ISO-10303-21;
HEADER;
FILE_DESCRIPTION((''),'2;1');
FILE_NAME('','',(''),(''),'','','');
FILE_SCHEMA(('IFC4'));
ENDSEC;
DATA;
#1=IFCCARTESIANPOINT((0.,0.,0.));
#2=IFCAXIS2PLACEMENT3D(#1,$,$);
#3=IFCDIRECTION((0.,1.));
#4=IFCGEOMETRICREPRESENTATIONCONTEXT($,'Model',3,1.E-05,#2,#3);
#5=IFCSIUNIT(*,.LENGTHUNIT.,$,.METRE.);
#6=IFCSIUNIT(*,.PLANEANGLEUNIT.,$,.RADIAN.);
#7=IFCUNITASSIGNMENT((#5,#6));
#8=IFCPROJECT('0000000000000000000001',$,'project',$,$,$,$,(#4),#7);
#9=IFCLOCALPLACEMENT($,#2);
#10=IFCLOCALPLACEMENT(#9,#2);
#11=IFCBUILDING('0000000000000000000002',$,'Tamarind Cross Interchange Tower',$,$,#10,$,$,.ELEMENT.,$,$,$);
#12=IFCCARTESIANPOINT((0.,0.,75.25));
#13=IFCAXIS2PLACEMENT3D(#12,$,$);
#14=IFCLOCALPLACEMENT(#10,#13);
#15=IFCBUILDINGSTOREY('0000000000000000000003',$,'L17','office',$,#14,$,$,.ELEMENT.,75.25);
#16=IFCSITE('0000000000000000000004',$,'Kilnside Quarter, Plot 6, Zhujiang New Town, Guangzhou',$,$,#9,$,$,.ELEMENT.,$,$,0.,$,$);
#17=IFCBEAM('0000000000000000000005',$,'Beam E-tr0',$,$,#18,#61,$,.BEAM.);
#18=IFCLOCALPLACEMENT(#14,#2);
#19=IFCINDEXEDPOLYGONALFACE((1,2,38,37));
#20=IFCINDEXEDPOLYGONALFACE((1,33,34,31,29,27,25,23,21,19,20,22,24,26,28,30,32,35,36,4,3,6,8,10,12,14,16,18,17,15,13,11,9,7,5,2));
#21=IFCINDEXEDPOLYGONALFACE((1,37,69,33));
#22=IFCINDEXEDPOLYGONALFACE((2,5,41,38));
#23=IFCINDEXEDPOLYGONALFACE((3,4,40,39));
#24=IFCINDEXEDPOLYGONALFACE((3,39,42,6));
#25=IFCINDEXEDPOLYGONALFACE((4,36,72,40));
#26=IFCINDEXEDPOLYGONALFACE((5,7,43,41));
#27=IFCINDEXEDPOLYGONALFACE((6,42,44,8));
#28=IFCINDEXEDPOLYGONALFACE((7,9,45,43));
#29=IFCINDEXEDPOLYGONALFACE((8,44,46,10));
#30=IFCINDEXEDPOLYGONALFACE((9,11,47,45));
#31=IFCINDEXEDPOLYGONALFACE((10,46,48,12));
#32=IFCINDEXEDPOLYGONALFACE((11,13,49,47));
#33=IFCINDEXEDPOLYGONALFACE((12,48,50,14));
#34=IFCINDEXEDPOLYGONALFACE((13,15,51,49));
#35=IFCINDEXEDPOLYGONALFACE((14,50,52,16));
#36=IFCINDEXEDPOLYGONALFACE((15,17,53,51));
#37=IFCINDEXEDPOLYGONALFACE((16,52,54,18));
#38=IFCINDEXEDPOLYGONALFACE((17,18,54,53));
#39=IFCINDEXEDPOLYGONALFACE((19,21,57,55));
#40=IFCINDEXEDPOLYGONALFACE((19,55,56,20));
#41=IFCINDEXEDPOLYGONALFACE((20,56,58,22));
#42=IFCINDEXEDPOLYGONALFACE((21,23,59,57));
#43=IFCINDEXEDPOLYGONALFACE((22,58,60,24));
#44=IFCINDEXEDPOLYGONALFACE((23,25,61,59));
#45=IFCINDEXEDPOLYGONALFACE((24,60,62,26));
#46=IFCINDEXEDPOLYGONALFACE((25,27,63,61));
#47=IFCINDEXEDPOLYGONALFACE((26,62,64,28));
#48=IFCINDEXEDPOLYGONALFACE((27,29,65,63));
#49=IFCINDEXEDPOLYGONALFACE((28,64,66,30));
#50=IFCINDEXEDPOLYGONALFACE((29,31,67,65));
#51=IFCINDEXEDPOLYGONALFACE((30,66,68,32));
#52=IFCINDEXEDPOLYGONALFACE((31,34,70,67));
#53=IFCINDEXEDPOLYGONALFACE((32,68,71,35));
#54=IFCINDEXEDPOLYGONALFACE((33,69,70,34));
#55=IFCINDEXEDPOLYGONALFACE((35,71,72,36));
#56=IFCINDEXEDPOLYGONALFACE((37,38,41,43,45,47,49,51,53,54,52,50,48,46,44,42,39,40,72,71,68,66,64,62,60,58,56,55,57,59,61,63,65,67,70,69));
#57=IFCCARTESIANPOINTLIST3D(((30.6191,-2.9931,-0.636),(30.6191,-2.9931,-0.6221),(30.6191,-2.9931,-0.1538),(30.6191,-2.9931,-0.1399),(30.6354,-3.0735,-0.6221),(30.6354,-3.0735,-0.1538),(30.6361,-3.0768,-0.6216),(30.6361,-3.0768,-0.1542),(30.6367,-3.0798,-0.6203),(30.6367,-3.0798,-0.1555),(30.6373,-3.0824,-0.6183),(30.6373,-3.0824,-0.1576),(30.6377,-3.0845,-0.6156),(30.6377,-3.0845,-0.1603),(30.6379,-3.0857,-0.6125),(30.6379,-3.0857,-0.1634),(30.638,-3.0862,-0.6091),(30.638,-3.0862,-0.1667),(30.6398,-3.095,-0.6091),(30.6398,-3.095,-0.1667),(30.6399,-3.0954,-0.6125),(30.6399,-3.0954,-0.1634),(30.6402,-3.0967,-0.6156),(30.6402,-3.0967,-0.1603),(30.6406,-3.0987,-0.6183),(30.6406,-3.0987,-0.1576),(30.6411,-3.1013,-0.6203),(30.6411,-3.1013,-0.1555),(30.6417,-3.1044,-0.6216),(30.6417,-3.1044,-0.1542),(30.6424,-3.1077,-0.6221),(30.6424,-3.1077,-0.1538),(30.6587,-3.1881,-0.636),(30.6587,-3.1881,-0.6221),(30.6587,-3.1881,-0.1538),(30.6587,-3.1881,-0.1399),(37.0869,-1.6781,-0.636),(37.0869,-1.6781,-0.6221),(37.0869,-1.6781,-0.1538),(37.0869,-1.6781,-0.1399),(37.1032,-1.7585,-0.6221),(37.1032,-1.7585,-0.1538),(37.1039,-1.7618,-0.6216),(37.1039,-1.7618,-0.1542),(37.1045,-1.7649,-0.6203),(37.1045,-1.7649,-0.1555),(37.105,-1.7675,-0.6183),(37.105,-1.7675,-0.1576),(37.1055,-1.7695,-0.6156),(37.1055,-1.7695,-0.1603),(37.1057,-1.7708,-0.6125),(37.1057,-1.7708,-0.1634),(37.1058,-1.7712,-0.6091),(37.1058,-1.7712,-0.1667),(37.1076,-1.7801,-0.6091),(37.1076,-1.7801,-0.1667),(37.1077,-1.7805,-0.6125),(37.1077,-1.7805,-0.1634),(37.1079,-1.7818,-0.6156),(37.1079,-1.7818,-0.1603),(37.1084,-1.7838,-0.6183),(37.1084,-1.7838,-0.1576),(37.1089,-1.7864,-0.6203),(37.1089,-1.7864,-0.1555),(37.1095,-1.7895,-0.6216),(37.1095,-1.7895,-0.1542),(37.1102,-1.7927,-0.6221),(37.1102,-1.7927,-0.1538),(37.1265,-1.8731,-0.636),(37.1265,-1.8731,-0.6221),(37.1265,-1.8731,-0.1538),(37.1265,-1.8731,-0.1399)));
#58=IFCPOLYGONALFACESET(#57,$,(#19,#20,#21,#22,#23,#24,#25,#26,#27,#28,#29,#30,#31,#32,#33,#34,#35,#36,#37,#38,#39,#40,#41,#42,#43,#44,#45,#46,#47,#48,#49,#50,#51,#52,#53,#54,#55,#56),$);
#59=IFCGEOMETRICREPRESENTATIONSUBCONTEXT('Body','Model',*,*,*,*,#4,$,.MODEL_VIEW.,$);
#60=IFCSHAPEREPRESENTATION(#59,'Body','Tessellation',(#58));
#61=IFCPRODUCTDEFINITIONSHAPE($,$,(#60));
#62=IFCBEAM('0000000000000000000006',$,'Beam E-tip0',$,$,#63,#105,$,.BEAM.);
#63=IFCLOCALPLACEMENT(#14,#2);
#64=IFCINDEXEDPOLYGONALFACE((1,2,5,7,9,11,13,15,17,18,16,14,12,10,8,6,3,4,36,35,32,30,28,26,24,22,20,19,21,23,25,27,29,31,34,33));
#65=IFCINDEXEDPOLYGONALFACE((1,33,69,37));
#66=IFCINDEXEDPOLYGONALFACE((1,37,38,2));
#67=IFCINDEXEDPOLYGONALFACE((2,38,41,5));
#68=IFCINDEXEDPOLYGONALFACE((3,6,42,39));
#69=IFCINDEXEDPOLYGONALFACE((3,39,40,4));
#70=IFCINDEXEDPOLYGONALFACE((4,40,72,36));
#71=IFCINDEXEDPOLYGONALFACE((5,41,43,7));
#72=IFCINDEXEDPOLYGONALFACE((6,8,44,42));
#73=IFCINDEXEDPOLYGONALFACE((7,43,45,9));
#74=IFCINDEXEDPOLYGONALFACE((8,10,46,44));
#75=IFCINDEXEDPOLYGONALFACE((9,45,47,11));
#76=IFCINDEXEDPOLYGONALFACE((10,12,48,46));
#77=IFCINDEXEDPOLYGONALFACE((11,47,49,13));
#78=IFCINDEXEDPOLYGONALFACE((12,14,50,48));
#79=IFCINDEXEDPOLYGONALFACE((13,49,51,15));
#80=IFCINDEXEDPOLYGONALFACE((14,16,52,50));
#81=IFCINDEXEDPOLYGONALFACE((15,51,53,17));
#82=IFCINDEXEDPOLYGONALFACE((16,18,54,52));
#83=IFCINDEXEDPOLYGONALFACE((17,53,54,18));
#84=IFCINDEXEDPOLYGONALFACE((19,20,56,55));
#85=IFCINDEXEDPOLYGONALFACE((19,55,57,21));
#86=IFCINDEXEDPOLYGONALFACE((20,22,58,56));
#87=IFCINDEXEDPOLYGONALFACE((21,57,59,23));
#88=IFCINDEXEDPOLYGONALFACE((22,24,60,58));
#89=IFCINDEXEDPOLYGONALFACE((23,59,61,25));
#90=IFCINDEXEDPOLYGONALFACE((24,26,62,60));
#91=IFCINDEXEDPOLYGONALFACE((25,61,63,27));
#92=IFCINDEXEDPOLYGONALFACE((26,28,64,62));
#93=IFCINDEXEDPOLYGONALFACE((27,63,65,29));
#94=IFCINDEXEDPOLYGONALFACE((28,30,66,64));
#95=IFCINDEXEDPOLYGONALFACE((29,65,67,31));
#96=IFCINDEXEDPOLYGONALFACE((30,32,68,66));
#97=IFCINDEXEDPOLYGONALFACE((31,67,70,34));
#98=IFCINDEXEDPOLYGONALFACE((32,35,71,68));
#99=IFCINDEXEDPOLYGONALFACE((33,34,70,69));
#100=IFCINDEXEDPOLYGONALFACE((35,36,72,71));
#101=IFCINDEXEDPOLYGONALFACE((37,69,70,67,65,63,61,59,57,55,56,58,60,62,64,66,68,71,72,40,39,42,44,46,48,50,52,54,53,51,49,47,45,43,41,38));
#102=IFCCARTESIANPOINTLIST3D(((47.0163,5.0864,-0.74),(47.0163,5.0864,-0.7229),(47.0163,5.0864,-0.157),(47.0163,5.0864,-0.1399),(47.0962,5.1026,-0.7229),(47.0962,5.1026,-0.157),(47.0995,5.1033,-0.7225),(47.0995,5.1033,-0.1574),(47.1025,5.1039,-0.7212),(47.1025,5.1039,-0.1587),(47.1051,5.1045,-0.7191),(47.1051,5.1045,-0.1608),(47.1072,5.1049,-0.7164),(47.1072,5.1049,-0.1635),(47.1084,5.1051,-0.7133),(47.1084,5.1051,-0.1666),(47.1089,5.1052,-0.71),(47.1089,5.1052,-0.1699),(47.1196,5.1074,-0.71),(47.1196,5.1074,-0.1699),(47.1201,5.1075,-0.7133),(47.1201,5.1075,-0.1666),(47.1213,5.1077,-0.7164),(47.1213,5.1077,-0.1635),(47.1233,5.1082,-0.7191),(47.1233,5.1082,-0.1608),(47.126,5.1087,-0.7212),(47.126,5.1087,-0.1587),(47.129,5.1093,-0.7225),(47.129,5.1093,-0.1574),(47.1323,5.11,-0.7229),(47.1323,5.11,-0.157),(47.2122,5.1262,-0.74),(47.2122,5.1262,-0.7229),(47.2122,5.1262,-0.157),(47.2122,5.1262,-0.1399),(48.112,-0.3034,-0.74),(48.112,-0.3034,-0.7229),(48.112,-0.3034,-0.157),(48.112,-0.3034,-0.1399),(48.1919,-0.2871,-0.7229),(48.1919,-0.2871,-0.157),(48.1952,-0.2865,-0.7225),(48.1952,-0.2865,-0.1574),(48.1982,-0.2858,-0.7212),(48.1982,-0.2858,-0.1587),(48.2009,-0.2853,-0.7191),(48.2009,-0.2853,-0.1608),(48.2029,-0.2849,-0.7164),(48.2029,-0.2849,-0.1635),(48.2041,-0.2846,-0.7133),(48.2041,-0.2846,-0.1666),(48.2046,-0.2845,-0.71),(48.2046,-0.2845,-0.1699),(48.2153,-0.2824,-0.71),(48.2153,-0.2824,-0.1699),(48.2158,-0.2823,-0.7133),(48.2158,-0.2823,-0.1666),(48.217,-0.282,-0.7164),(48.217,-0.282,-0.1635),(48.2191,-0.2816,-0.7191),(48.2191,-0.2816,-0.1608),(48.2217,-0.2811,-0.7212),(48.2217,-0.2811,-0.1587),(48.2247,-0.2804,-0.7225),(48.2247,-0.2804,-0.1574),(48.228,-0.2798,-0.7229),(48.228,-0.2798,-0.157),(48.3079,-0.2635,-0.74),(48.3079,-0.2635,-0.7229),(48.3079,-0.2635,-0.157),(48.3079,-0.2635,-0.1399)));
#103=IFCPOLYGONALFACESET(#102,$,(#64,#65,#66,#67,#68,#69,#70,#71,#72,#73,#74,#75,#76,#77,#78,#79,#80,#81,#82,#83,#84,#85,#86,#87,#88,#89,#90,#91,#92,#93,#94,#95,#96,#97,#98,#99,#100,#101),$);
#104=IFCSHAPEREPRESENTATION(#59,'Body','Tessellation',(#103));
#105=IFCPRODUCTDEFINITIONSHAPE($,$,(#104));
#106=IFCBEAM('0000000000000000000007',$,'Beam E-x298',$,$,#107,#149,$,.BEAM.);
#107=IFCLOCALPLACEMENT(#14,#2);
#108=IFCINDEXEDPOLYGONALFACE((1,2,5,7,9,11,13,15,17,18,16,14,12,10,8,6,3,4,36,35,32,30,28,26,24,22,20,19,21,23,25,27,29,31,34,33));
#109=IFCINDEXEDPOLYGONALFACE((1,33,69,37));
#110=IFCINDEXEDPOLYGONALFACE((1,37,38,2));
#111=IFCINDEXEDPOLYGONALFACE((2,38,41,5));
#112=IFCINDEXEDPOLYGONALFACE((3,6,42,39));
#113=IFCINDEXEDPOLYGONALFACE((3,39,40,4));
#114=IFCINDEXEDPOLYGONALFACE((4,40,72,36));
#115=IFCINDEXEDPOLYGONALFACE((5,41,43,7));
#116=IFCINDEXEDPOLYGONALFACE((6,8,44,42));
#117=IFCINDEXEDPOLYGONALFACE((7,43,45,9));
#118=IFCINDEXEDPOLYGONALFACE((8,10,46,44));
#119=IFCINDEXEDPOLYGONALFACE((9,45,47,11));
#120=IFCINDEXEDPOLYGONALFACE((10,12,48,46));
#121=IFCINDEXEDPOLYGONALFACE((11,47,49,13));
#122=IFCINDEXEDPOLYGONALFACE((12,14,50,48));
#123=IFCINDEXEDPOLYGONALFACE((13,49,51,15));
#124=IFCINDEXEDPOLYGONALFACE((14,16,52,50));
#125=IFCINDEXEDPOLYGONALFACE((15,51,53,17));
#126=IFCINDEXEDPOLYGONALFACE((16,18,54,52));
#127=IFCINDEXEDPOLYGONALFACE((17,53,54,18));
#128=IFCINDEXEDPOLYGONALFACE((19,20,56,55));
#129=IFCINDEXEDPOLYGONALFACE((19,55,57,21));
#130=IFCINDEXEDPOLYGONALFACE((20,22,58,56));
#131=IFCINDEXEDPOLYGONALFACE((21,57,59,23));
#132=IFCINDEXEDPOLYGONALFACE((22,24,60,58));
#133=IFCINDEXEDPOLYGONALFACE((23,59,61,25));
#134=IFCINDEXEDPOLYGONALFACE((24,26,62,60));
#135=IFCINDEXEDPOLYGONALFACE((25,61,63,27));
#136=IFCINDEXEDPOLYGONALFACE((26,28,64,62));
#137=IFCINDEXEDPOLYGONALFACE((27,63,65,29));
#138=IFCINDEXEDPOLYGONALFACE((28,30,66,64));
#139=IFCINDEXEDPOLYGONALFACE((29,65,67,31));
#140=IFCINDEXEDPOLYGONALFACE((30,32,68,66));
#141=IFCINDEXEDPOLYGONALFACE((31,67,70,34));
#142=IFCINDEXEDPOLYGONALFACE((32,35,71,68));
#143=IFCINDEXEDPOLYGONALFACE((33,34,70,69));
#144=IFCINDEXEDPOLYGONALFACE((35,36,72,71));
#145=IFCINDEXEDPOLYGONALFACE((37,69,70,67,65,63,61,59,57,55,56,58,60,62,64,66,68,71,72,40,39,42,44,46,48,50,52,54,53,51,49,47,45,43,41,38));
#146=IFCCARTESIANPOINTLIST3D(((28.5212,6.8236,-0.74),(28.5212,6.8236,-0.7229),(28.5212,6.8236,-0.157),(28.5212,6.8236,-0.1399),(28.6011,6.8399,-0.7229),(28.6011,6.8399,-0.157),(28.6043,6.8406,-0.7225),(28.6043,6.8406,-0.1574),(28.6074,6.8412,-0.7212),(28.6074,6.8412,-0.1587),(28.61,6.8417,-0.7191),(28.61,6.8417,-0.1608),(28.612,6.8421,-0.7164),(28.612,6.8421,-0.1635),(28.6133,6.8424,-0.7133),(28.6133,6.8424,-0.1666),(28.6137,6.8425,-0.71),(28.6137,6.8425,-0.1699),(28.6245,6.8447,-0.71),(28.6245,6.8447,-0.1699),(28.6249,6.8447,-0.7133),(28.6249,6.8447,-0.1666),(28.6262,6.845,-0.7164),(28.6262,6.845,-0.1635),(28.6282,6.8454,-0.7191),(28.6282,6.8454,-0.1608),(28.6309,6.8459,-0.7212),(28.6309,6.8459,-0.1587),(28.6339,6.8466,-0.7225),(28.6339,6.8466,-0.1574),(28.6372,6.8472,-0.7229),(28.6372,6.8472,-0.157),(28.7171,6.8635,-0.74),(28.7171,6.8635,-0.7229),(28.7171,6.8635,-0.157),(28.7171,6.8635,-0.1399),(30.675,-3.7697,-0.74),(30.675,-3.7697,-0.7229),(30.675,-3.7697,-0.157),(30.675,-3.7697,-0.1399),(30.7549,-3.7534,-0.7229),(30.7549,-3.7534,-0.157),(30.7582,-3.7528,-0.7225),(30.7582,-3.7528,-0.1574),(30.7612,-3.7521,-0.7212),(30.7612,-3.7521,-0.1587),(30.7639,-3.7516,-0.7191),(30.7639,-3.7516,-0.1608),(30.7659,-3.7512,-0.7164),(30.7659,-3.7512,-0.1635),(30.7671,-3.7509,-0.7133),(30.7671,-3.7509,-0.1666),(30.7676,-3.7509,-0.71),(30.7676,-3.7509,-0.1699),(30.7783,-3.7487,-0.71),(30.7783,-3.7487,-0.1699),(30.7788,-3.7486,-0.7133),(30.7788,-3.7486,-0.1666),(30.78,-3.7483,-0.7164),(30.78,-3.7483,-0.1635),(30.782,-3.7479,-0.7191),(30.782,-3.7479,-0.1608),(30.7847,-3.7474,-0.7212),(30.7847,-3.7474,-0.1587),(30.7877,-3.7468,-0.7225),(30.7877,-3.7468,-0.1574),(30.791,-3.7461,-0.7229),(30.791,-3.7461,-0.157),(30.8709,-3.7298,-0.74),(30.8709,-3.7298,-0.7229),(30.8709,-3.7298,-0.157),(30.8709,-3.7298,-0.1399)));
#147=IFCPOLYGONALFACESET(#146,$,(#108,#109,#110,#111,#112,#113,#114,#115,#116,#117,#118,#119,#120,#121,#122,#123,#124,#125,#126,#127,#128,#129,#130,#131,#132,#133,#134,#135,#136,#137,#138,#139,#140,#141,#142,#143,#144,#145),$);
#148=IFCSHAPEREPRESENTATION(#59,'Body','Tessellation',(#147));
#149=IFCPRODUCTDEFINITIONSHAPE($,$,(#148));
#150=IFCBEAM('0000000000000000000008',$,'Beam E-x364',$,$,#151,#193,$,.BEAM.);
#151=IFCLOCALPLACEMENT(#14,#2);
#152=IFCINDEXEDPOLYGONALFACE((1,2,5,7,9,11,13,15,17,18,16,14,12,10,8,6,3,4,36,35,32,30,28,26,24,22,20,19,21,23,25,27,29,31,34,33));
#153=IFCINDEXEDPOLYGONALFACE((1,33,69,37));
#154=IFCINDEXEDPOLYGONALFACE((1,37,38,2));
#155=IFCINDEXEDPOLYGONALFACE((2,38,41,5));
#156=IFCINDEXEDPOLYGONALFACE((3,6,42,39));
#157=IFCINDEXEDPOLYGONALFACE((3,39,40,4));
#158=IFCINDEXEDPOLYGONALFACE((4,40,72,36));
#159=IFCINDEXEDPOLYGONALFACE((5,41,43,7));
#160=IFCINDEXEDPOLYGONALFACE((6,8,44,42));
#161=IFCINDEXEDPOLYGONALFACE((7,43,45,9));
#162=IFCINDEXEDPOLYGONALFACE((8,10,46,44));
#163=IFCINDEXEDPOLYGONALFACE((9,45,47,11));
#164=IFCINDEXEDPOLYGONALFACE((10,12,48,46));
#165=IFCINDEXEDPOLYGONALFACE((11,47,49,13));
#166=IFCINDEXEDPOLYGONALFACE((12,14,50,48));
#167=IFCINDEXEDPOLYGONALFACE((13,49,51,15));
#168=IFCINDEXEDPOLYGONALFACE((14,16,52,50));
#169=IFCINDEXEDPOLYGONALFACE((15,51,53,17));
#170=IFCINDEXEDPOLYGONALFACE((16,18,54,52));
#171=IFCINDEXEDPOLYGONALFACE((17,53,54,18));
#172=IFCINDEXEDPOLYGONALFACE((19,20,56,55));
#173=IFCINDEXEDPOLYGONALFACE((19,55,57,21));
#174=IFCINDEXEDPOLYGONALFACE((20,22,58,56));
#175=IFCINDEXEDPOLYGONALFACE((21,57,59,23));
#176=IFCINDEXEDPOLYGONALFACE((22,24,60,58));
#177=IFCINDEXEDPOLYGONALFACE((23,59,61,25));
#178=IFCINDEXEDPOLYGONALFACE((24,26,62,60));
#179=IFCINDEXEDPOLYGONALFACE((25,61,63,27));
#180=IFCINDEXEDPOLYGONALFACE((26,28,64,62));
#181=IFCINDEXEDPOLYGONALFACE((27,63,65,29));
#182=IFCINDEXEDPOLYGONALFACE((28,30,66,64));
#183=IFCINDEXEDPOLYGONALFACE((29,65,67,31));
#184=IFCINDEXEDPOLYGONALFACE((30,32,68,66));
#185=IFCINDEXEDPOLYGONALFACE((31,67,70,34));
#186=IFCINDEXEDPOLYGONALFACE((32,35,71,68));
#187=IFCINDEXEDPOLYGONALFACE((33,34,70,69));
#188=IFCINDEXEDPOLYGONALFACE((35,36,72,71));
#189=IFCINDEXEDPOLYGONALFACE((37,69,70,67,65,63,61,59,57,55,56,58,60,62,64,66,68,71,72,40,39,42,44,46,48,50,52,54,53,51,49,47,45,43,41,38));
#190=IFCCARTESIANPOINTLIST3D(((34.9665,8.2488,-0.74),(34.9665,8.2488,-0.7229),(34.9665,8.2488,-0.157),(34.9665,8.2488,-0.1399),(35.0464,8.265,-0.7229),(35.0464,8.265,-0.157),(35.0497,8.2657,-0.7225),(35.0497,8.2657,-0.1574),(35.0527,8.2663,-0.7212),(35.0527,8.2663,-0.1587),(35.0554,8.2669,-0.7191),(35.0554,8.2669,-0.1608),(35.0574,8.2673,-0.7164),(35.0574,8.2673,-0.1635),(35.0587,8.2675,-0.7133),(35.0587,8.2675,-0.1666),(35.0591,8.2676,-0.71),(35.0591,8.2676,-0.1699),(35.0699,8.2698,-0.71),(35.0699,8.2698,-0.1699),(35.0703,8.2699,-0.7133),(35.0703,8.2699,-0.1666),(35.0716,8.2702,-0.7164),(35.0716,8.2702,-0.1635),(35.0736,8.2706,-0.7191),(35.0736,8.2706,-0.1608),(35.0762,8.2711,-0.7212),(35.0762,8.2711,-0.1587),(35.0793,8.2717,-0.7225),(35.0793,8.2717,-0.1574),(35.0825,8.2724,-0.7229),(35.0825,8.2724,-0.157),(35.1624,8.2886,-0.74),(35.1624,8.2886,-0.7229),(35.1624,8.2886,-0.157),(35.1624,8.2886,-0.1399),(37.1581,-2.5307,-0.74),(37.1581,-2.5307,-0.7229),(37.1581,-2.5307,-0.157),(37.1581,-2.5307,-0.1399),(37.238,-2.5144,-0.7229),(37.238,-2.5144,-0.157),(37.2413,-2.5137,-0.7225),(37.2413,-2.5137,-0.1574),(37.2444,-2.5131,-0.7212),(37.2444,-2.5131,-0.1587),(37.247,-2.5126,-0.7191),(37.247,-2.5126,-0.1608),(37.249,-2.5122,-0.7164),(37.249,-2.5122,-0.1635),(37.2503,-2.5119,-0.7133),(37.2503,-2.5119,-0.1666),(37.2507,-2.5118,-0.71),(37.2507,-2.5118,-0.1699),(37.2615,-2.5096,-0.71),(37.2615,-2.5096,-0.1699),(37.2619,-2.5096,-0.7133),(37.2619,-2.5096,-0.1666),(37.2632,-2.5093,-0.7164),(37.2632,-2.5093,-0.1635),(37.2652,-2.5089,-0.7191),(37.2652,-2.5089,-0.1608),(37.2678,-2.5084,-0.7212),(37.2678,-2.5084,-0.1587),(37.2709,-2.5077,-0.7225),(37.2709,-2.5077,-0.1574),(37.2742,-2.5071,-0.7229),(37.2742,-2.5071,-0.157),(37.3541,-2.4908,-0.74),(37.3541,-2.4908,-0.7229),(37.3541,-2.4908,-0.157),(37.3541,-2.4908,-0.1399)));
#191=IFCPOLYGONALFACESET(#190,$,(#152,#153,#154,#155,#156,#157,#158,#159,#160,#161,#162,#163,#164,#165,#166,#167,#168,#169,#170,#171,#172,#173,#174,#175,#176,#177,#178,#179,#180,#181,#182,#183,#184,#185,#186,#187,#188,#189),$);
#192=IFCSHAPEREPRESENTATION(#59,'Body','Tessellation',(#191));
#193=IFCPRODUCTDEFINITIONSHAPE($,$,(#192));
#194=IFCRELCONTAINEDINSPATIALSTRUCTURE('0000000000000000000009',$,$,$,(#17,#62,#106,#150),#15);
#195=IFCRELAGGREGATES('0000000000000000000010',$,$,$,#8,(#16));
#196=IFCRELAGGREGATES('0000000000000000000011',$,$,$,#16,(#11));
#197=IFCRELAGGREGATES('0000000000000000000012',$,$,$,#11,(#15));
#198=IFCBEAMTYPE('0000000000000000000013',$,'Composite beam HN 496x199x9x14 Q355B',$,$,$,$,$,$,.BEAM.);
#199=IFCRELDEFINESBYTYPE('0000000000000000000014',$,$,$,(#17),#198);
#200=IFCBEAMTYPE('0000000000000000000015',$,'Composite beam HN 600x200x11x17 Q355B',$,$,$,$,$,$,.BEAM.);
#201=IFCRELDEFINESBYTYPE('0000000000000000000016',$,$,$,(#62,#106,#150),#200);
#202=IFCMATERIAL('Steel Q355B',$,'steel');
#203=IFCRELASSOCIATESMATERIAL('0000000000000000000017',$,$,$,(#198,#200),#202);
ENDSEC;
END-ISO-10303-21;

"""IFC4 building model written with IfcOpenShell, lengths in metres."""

from ifc_helpers import new_model, si_unit, direction, frame, origin, origin_2d, place, context, subcontext, project, spatial, i_section, extrude, material, material_profile, profile_set, type_object, element, save


model = new_model("IFC4")

# Units and contexts
model_context = context("Model", 3, precision=1e-05, world=origin(), true_north=direction((0.0, 1.0)))
body_context = subcontext(model_context, "Body", "Model", "MODEL_VIEW")
ifc_project = project(units=[si_unit("LENGTHUNIT", "METRE"), si_unit("PLANEANGLEUNIT", "RADIAN")], contexts=[model_context])

# Site, building, storey
site_placement = place(None, origin())
site = spatial("IfcSite", under=ifc_project, at=site_placement, Name="Kilnside Quarter, Plot 6, Zhujiang New Town, Guangzhou", CompositionType="ELEMENT", RefElevation=0.0)
building_placement = place(site_placement, origin())
building = spatial("IfcBuilding", under=site, at=building_placement, Name="Tamarind Cross Interchange Tower", CompositionType="ELEMENT")
storey_placement = place(building_placement, frame((0.0, 0.0, 75.25)))
storey = spatial("IfcBuildingStorey", under=building, at=storey_placement, Name="L17", Description="office", CompositionType="ELEMENT", Elevation=75.25)

# Beams
ifc_material_1 = material(Name="Steel Q355B", Category="steel")
ifc_material_profile_1 = material_profile(ifc_material_1, i_section(OverallWidth=0.199, OverallDepth=0.4961, WebThickness=0.009, FlangeThickness=0.0139, FilletRadius=0.0129, at=origin_2d()), Name="HN 496x199x9x14")
ifc_profile_set_1 = profile_set([ifc_material_profile_1], Name="Steel Q355B")
beam_type_1 = type_object("IfcBeamType", Name="Composite beam HN 496x199x9x14 Q355B", PredefinedType="BEAM", material=ifc_profile_set_1)
beam_1_placement = place(storey_placement, frame((30.6389, -3.0906, -0.3879), z_axis=(0.979953, 0.199231, 0.0), x_axis=(-0.199231, 0.979953, 0.0)))
element("IfcBeam", 1, at=beam_1_placement, inside=storey, type_object=beam_type_1, Name="Beam E-tr0", PredefinedType="BEAM", context=body_context, shape_type="SweptSolid", body=[
    extrude(i_section(OverallWidth=0.199, OverallDepth=0.4961, WebThickness=0.009, FlangeThickness=0.0139, FilletRadius=0.0129, at=origin_2d()), origin(), (0.0, 0.0, 1.0), 6.6001),
])
ifc_material_profile_2 = material_profile(ifc_material_1, i_section(OverallWidth=0.2, OverallDepth=0.6001, WebThickness=0.011, FlangeThickness=0.0171, FilletRadius=0.0129, at=origin_2d()), Name="HN 600x200x11x17")
ifc_profile_set_2 = profile_set([ifc_material_profile_2], Name="Steel Q355B")
beam_type_2 = type_object("IfcBeamType", Name="Composite beam HN 600x200x11x17 Q355B", PredefinedType="BEAM", material=ifc_profile_set_2)
beam_2_placement = place(storey_placement, frame((48.21, -0.2834, -0.4399), z_axis=(-0.199222, 0.979954, 0.0), x_axis=(-0.979954, -0.199222, 0.0)))
element("IfcBeam", 2, at=beam_2_placement, inside=storey, type_object=beam_type_2, Name="Beam E-tip0", PredefinedType="BEAM", context=body_context, shape_type="SweptSolid", body=[
    extrude(i_section(OverallWidth=0.2, OverallDepth=0.6001, WebThickness=0.011, FlangeThickness=0.0171, FilletRadius=0.0129, at=origin_2d()), origin(), (0.0, 0.0, 1.0), 5.5),
])
beam_3_placement = place(storey_placement, frame((30.7729, -3.7498, -0.4399), z_axis=(-0.199242, 0.97995, 0.0), x_axis=(-0.97995, -0.199242, 0.0)))
element("IfcBeam", 3, at=beam_3_placement, inside=storey, type_object=beam_type_2, Name="Beam E-x298", PredefinedType="BEAM", context=body_context, shape_type="SweptSolid", body=[
    extrude(i_section(OverallWidth=0.2, OverallDepth=0.6001, WebThickness=0.011, FlangeThickness=0.0171, FilletRadius=0.0129, at=origin_2d()), origin(), (0.0, 0.0, 1.0), 10.8101),
])
beam_4_placement = place(storey_placement, frame((37.2561, -2.5107, -0.4399), z_axis=(-0.199239, 0.979951, 0.0), x_axis=(-0.979951, -0.199239, 0.0)))
element("IfcBeam", 4, at=beam_4_placement, inside=storey, type_object=beam_type_2, Name="Beam E-x364", PredefinedType="BEAM", context=body_context, shape_type="SweptSolid", body=[
    extrude(i_section(OverallWidth=0.2, OverallDepth=0.6001, WebThickness=0.011, FlangeThickness=0.0171, FilletRadius=0.0129, at=origin_2d()), origin(), (0.0, 0.0, 1.0), 11.0),
])

save(model, "model.ifc")
